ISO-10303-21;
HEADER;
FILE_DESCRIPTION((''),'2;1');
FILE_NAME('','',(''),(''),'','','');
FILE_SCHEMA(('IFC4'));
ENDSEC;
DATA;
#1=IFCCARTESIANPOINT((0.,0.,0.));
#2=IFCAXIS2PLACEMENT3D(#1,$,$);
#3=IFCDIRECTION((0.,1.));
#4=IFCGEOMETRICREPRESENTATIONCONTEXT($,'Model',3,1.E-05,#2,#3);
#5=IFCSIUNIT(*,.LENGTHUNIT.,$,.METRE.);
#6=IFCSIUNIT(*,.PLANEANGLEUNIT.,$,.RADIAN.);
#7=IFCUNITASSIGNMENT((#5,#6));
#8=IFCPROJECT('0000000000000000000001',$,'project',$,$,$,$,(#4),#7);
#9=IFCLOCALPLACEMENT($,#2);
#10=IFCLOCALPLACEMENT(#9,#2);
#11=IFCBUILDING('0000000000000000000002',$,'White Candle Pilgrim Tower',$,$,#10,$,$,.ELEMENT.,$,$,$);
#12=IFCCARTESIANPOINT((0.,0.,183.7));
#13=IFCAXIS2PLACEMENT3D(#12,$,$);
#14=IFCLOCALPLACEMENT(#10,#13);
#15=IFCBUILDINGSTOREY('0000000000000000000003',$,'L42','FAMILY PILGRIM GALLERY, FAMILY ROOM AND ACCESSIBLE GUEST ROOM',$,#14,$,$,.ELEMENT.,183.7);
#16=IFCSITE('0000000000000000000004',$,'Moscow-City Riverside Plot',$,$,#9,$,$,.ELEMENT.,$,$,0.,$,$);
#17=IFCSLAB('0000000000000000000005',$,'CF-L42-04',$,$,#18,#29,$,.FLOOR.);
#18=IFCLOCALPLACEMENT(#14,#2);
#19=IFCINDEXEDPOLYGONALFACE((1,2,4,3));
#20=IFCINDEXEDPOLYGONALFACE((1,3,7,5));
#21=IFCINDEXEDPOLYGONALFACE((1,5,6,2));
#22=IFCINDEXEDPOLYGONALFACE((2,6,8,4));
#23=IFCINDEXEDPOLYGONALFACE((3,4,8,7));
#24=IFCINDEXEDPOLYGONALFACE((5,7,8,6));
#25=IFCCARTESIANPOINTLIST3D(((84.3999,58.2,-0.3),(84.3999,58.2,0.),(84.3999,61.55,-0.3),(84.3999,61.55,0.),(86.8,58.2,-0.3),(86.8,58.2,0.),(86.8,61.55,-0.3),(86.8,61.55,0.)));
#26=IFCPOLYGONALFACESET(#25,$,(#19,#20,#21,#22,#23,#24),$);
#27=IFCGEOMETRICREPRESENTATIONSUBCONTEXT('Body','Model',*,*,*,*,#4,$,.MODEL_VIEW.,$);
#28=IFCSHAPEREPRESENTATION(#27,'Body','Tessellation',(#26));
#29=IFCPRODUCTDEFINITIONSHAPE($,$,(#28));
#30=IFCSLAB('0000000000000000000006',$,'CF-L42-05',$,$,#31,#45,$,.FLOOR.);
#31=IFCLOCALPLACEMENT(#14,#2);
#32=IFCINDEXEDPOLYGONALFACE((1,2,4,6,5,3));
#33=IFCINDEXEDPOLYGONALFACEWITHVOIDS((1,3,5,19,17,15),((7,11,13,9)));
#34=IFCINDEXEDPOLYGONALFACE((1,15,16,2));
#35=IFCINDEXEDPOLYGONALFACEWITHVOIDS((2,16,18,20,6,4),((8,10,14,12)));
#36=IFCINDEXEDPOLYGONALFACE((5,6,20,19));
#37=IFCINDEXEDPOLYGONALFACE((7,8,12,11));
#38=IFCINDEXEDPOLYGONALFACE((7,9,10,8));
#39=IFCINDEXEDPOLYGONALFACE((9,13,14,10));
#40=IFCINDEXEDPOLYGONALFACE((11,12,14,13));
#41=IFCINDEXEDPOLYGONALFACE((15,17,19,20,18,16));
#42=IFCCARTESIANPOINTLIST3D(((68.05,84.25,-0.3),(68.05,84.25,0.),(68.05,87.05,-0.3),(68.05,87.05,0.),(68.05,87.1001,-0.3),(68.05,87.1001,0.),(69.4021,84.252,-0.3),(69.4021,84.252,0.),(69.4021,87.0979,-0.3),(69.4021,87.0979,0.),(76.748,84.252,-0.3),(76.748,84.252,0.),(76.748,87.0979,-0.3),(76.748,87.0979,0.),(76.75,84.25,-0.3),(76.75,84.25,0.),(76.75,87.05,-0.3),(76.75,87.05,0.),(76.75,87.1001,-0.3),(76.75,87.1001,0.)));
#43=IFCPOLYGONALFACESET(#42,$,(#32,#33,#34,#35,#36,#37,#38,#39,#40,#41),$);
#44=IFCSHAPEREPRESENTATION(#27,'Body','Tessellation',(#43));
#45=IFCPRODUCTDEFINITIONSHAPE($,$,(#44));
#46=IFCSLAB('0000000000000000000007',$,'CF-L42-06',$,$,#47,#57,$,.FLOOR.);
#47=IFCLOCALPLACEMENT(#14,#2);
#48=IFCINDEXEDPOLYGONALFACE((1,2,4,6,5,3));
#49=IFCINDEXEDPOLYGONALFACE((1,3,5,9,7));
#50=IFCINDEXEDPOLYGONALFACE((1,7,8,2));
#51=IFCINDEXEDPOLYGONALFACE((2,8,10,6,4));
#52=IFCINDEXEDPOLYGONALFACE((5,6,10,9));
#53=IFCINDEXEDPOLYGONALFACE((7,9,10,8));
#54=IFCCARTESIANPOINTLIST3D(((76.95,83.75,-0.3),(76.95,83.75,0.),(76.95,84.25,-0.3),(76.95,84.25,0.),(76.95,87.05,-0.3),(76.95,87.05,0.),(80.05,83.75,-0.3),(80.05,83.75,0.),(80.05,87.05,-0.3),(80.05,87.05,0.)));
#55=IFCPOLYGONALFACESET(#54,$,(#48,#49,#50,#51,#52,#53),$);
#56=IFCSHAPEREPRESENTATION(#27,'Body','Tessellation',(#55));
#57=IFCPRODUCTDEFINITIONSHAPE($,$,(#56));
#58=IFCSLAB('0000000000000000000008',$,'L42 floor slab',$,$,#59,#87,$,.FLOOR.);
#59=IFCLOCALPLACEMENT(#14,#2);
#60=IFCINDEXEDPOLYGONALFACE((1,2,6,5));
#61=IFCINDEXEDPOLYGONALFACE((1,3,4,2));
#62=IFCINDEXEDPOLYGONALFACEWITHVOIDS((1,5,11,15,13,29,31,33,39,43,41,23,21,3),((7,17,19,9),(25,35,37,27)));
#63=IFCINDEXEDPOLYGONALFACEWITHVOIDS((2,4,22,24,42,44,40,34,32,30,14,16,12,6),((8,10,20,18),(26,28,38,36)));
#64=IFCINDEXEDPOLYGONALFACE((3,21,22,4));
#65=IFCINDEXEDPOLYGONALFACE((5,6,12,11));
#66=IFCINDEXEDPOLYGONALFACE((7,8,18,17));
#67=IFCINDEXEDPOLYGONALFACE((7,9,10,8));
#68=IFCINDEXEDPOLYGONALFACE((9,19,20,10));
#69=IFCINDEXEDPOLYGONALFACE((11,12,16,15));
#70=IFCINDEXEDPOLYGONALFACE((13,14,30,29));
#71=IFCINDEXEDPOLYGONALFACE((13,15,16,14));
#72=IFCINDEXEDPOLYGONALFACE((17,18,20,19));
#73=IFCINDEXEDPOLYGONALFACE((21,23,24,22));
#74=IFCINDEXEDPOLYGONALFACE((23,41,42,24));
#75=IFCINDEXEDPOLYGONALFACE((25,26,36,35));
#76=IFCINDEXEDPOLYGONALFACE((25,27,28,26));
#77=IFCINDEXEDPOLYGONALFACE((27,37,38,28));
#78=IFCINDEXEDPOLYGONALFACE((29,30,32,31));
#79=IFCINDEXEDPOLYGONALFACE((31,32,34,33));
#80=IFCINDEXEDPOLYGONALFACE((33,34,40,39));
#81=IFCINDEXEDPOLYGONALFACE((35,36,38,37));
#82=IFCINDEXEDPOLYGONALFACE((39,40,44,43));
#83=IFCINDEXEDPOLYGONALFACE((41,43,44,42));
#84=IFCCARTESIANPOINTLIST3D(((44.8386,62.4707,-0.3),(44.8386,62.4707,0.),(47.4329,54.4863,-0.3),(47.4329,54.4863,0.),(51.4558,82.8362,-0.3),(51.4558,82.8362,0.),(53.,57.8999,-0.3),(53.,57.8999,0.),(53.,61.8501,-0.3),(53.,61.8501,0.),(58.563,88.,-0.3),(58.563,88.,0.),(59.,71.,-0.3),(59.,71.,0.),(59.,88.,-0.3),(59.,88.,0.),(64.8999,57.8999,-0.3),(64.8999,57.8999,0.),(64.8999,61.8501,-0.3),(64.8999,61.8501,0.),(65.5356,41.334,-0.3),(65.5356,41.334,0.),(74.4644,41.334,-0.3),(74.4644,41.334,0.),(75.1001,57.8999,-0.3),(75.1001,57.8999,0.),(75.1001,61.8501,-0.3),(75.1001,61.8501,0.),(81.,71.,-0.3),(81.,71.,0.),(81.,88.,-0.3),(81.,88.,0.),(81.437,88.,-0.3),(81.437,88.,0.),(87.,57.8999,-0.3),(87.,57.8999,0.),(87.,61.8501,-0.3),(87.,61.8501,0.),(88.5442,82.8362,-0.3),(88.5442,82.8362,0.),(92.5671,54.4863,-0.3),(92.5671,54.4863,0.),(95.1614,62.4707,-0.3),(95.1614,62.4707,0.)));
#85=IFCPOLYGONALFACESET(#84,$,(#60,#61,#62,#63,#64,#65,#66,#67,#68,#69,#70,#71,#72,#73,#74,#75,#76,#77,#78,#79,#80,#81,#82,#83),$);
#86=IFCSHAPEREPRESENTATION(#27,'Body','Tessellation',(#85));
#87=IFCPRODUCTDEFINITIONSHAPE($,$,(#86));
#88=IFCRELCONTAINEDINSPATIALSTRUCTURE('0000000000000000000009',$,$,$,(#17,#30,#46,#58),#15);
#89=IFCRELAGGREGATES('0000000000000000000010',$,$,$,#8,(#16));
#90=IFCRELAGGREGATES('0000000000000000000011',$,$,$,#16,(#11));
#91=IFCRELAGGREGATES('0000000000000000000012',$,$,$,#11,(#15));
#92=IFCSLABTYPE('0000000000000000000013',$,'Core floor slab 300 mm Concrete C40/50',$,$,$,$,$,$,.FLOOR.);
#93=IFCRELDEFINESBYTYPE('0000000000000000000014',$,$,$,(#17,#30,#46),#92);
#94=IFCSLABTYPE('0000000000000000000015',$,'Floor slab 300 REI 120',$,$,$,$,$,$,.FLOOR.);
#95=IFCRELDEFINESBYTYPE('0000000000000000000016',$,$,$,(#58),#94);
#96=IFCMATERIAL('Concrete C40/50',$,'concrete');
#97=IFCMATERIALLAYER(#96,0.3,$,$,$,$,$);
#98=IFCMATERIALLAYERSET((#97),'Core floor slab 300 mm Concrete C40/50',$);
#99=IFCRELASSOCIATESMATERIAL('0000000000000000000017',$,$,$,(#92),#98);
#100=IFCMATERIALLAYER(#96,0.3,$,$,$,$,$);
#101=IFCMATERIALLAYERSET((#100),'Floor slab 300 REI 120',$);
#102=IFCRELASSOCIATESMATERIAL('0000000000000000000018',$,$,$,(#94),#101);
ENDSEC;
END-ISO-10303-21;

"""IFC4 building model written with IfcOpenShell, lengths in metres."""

from ifc_helpers import new_model, si_unit, direction, frame, origin, place, context, subcontext, project, spatial, polyline, outline, extrude, material, layer, layer_set, type_object, element, save


model = new_model("IFC4")

# Units and contexts
model_context = context("Model", 3, precision=1e-05, world=origin(), true_north=direction((0.0, 1.0)))
body_context = subcontext(model_context, "Body", "Model", "MODEL_VIEW")
ifc_project = project(units=[si_unit("LENGTHUNIT", "METRE"), si_unit("PLANEANGLEUNIT", "RADIAN")], contexts=[model_context])

# Site, building, storey
site_placement = place(None, origin())
site = spatial("IfcSite", under=ifc_project, at=site_placement, Name="Moscow-City Riverside Plot", CompositionType="ELEMENT", RefElevation=0.0)
building_placement = place(site_placement, origin())
building = spatial("IfcBuilding", under=site, at=building_placement, Name="White Candle Pilgrim Tower", CompositionType="ELEMENT")
storey_placement = place(building_placement, frame((0.0, 0.0, 183.7)))
storey = spatial("IfcBuildingStorey", under=building, at=storey_placement, Name="L42", Description="FAMILY PILGRIM GALLERY, FAMILY ROOM AND ACCESSIBLE GUEST ROOM", CompositionType="ELEMENT", Elevation=183.7)

# Slabs
ifc_material_1 = material(Name="Concrete C40/50", Category="concrete")
ifc_layer_1 = layer(ifc_material_1, 0.3)
ifc_layer_set_1 = layer_set([ifc_layer_1], Name="Core floor slab 300 mm Concrete C40/50")
slab_type_1 = type_object("IfcSlabType", Name="Core floor slab 300 mm Concrete C40/50", PredefinedType="FLOOR", material=ifc_layer_set_1)
slab_1_placement = place(storey_placement, frame((0.0, 0.0, -0.3)))
element("IfcSlab", 1, at=slab_1_placement, inside=storey, type_object=slab_type_1, Name="CF-L42-04", PredefinedType="FLOOR", context=body_context, shape_type="SweptSolid", body=[
    extrude(outline(polyline([(86.8, 58.2), (84.3999, 58.2), (84.3999, 61.55), (86.8, 61.55), (86.8, 58.2)])), origin(), (0.0, 0.0, 1.0), 0.3),
])
slab_2_placement = place(storey_placement, frame((0.0, 0.0, -0.3)))
element("IfcSlab", 2, at=slab_2_placement, inside=storey, type_object=slab_type_1, Name="CF-L42-05", PredefinedType="FLOOR", context=body_context, shape_type="SweptSolid", body=[
    extrude(outline(polyline([(76.75, 87.1001), (76.75, 87.05), (76.75, 84.25), (68.05, 84.25), (68.05, 87.05), (68.05, 87.1001), (76.75, 87.1001)]), holes=[polyline([(69.4021, 87.0979), (69.4021, 84.252), (76.748, 84.252), (76.748, 87.0979), (69.4021, 87.0979)])]), origin(), (0.0, 0.0, 1.0), 0.3),
])
slab_3_placement = place(storey_placement, frame((0.0, 0.0, -0.3)))
element("IfcSlab", 3, at=slab_3_placement, inside=storey, type_object=slab_type_1, Name="CF-L42-06", PredefinedType="FLOOR", context=body_context, shape_type="SweptSolid", body=[
    extrude(outline(polyline([(80.05, 87.05), (80.05, 83.75), (76.95, 83.75), (76.95, 84.25), (76.95, 87.05), (80.05, 87.05)])), origin(), (0.0, 0.0, 1.0), 0.3),
])
ifc_layer_2 = layer(ifc_material_1, 0.3)
ifc_layer_set_2 = layer_set([ifc_layer_2], Name="Floor slab 300 REI 120")
slab_type_2 = type_object("IfcSlabType", Name="Floor slab 300 REI 120", PredefinedType="FLOOR", material=ifc_layer_set_2)
slab_4_placement = place(storey_placement, frame((0.0, 0.0, -0.3)))
element("IfcSlab", 4, at=slab_4_placement, inside=storey, type_object=slab_type_2, Name="L42 floor slab", PredefinedType="FLOOR", context=body_context, shape_type="SweptSolid", body=[
    extrude(outline(polyline([(65.5356, 41.334), (74.4644, 41.334), (92.5671, 54.4863), (95.1614, 62.4707), (88.5442, 82.8362), (81.437, 88.0), (81.0, 88.0), (81.0, 71.0), (59.0, 71.0), (59.0, 88.0), (58.563, 88.0), (51.4558, 82.8362), (44.8386, 62.4707), (47.4329, 54.4863), (65.5356, 41.334)]), holes=[polyline([(53.0, 57.8999), (53.0, 61.8501), (64.8999, 61.8501), (64.8999, 57.8999), (53.0, 57.8999)]), polyline([(75.1001, 57.8999), (75.1001, 61.8501), (87.0, 61.8501), (87.0, 57.8999), (75.1001, 57.8999)])]), origin(), (0.0, 0.0, 1.0), 0.3),
])

save(model, "model.ifc")
